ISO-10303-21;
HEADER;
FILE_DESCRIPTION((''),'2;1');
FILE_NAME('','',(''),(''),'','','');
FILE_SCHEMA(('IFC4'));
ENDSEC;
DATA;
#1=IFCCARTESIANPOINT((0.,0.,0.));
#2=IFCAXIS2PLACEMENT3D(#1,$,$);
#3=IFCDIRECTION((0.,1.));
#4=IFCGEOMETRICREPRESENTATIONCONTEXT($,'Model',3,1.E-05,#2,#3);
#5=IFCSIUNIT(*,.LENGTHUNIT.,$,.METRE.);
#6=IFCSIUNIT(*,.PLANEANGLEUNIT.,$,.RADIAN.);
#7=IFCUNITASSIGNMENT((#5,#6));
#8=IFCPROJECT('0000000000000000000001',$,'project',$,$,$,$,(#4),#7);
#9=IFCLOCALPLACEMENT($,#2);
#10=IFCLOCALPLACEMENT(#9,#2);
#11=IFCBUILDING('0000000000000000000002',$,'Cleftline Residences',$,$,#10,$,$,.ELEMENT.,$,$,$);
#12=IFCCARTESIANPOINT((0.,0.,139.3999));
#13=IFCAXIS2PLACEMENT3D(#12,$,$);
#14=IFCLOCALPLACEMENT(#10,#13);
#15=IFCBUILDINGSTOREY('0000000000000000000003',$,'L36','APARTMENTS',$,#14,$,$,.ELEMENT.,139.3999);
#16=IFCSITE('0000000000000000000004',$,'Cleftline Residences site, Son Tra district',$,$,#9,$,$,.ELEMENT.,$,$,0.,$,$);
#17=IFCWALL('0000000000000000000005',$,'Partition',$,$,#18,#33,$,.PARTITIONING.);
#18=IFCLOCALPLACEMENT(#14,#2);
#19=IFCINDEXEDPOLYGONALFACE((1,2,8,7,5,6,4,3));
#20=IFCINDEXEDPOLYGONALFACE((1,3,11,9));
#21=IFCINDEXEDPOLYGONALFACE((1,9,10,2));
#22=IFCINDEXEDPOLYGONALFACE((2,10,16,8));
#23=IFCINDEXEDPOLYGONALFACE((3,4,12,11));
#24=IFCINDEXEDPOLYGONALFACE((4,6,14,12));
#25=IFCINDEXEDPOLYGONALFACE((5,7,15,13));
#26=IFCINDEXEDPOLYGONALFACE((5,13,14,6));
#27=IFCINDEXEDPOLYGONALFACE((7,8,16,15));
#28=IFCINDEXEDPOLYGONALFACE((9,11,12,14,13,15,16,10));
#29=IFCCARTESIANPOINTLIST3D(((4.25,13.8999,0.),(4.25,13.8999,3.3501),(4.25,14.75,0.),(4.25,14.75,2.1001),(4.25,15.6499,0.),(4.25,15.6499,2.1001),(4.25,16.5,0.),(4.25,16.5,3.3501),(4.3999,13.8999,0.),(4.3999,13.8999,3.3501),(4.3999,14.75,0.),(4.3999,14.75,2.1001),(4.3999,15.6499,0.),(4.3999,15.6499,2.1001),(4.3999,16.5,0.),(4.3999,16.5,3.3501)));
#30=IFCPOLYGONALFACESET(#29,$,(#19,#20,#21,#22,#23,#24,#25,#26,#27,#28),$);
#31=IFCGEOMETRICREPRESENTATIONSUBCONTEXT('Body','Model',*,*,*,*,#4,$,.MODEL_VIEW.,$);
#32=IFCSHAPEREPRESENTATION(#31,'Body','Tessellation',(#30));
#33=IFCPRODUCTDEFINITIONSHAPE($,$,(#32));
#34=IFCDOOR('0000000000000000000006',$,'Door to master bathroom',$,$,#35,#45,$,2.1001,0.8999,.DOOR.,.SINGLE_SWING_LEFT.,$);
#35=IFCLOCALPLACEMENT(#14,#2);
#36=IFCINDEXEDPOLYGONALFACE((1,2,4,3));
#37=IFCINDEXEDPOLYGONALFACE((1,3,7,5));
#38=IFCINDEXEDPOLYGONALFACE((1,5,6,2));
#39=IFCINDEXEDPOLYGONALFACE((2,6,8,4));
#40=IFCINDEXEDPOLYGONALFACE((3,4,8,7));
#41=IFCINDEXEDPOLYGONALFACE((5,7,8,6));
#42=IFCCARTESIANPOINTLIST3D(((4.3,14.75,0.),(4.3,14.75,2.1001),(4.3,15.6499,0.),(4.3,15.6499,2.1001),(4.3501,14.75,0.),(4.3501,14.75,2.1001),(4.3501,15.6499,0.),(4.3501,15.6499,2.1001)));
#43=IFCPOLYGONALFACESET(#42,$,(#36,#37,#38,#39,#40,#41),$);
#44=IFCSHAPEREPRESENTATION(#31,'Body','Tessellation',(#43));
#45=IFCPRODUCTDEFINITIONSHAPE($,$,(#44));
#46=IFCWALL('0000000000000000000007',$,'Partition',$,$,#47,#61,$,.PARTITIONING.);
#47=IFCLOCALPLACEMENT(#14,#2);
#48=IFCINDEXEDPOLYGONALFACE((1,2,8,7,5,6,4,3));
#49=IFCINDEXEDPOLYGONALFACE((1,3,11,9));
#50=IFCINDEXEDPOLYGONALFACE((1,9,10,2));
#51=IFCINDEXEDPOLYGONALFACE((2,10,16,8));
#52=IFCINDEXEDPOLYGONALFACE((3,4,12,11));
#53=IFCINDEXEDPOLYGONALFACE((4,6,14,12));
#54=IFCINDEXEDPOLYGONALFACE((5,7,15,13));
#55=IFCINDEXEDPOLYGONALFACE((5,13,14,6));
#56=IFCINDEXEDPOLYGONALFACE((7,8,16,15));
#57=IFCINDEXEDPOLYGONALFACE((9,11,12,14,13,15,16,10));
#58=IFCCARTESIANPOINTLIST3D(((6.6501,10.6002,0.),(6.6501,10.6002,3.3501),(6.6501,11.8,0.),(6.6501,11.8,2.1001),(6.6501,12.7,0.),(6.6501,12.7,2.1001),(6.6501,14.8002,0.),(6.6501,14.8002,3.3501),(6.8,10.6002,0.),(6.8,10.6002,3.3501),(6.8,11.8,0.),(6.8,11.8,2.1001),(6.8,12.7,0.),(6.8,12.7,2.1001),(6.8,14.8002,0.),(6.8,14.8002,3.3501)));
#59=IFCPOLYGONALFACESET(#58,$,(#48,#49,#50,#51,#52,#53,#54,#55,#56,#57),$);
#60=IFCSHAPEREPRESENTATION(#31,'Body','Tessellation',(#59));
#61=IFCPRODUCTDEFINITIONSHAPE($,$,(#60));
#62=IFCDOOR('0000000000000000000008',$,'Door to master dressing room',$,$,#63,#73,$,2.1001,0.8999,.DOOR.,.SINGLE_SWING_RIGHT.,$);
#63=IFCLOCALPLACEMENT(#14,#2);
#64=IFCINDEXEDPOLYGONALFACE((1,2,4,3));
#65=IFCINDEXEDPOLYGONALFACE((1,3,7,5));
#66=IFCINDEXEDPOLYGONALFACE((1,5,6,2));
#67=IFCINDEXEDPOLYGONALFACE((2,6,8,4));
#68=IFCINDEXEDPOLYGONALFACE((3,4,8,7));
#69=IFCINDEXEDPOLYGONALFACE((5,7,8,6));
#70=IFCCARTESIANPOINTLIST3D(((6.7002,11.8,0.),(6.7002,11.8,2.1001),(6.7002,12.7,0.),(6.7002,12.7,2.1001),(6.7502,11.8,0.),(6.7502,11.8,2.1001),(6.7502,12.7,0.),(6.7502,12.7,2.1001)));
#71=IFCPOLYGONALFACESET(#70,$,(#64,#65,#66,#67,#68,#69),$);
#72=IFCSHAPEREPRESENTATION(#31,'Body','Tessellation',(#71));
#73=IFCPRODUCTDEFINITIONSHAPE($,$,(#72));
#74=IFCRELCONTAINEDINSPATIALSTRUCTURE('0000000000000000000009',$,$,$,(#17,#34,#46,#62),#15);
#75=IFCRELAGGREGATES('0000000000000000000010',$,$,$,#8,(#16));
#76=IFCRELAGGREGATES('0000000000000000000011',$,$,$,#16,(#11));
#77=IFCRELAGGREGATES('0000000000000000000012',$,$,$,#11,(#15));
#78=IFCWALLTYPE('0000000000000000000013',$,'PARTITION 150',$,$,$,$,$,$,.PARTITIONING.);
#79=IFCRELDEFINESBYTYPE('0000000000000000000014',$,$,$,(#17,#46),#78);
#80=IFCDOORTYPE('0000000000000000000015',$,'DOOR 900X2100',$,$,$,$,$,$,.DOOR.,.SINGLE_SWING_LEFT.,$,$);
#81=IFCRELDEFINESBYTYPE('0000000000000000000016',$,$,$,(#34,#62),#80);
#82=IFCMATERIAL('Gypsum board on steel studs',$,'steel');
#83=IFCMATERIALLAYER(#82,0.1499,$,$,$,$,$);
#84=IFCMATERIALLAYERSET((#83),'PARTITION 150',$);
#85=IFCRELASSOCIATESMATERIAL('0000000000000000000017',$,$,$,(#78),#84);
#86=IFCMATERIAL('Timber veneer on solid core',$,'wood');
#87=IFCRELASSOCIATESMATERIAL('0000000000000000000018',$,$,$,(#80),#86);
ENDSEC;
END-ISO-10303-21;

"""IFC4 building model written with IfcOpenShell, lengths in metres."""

from ifc_helpers import new_model, si_unit, direction, frame, frame_2d, origin, place, context, subcontext, project, spatial, rectangle, extrude, material, layer, layer_set, type_object, element, fill, save


model = new_model("IFC4")

# Units and contexts
model_context = context("Model", 3, precision=1e-05, world=origin(), true_north=direction((0.0, 1.0)))
body_context = subcontext(model_context, "Body", "Model", "MODEL_VIEW")
ifc_project = project(units=[si_unit("LENGTHUNIT", "METRE"), si_unit("PLANEANGLEUNIT", "RADIAN")], contexts=[model_context])

# Site, building, storey
site_placement = place(None, origin())
site = spatial("IfcSite", under=ifc_project, at=site_placement, Name="Cleftline Residences site, Son Tra district", CompositionType="ELEMENT", RefElevation=0.0)
building_placement = place(site_placement, origin())
building = spatial("IfcBuilding", under=site, at=building_placement, Name="Cleftline Residences", CompositionType="ELEMENT")
storey_placement = place(building_placement, frame((0.0, 0.0, 139.3999)))
storey = spatial("IfcBuildingStorey", under=building, at=storey_placement, Name="L36", Description="APARTMENTS", CompositionType="ELEMENT", Elevation=139.3999)

# Shared definitions
ifc_material_1 = material(Name="Gypsum board on steel studs", Category="steel")
ifc_layer = layer(ifc_material_1, 0.1499)
ifc_layer_set = layer_set([ifc_layer], Name="PARTITION 150")
wall_type = type_object("IfcWallType", Name="PARTITION 150", PredefinedType="PARTITIONING", material=ifc_layer_set)

# Walls, openings, doors
wall_1_placement = place(storey_placement, frame((4.325, 13.8999, 0.0), z_axis=(0.0, 0.0, 1.0), x_axis=(0.0, 1.0, 0.0)))
wall_1 = element("IfcWall", 1, at=wall_1_placement, inside=storey, type_object=wall_type, Name="Partition", PredefinedType="PARTITIONING", context=body_context, shape_type="SweptSolid", body=[
    extrude(rectangle(XDim=2.6001, YDim=0.1499, at=frame_2d((1.3, 0.0))), origin(), (0.0, 0.0, 1.0), 3.3501),
])
opening_1_placement = place(wall_1_placement, frame((0.8501, 0.0, 0.0)))
opening_1 = element("IfcOpeningElement", 2, at=opening_1_placement, cuts=wall_1, PredefinedType="OPENING", context=body_context, shape_type="SweptSolid", body=[
    extrude(rectangle(XDim=0.8999, YDim=2.1001, at=frame_2d((0.45, 1.05))), frame((0.0, 0.085, 0.0), z_axis=(0.0, -1.0, 0.0), x_axis=(1.0, 0.0, 0.0)), (0.0, 0.0, 1.0), 0.1699),
])
ifc_material_2 = material(Name="Timber veneer on solid core", Category="wood")
door_type_1 = type_object("IfcDoorType", Name="DOOR 900X2100", OperationType="SINGLE_SWING_LEFT", PredefinedType="DOOR", material=ifc_material_2)
door_1_placement = place(opening_1_placement, origin())
door_1 = element("IfcDoor", 3, at=door_1_placement, inside=storey, type_object=door_type_1, Name="Door to master bathroom", OperationType="SINGLE_SWING_LEFT", OverallHeight=2.1001, OverallWidth=0.8999, PredefinedType="DOOR", context=body_context, shape_type="SweptSolid", body=[
    extrude(rectangle(XDim=0.8999, YDim=2.1001, at=frame_2d((0.45, 1.05))), frame((0.0, 0.0249, 0.0), z_axis=(0.0, -1.0, 0.0), x_axis=(1.0, 0.0, 0.0)), (0.0, 0.0, 1.0), 0.05),
])
fill(opening_1, door_1)
wall_2_placement = place(storey_placement, frame((6.7251, 10.6001, 0.0), z_axis=(0.0, 0.0, 1.0), x_axis=(0.0, 1.0, 0.0)))
wall_2 = element("IfcWall", 4, at=wall_2_placement, inside=storey, type_object=wall_type, Name="Partition", PredefinedType="PARTITIONING", context=body_context, shape_type="SweptSolid", body=[
    extrude(rectangle(XDim=4.2, YDim=0.1499, at=frame_2d((2.1001, 0.0))), origin(), (0.0, 0.0, 1.0), 3.3501),
])
opening_2_placement = place(wall_2_placement, frame((1.2, 0.0, 0.0)))
opening_2 = element("IfcOpeningElement", 5, at=opening_2_placement, cuts=wall_2, PredefinedType="OPENING", context=body_context, shape_type="SweptSolid", body=[
    extrude(rectangle(XDim=0.8999, YDim=2.1001, at=frame_2d((0.45, 1.05))), frame((0.0, 0.085, 0.0), z_axis=(0.0, -1.0, 0.0), x_axis=(1.0, 0.0, 0.0)), (0.0, 0.0, 1.0), 0.1699),
])
door_2_placement = place(opening_2_placement, origin())
door_2 = element("IfcDoor", 6, at=door_2_placement, inside=storey, type_object=door_type_1, Name="Door to master dressing room", OperationType="SINGLE_SWING_RIGHT", OverallHeight=2.1001, OverallWidth=0.8999, PredefinedType="DOOR", context=body_context, shape_type="SweptSolid", body=[
    extrude(rectangle(XDim=0.8999, YDim=2.1001, at=frame_2d((0.45, 1.05))), frame((0.0, 0.0249, 0.0), z_axis=(0.0, -1.0, 0.0), x_axis=(1.0, 0.0, 0.0)), (0.0, 0.0, 1.0), 0.05),
])
fill(opening_2, door_2)

save(model, "model.ifc")
